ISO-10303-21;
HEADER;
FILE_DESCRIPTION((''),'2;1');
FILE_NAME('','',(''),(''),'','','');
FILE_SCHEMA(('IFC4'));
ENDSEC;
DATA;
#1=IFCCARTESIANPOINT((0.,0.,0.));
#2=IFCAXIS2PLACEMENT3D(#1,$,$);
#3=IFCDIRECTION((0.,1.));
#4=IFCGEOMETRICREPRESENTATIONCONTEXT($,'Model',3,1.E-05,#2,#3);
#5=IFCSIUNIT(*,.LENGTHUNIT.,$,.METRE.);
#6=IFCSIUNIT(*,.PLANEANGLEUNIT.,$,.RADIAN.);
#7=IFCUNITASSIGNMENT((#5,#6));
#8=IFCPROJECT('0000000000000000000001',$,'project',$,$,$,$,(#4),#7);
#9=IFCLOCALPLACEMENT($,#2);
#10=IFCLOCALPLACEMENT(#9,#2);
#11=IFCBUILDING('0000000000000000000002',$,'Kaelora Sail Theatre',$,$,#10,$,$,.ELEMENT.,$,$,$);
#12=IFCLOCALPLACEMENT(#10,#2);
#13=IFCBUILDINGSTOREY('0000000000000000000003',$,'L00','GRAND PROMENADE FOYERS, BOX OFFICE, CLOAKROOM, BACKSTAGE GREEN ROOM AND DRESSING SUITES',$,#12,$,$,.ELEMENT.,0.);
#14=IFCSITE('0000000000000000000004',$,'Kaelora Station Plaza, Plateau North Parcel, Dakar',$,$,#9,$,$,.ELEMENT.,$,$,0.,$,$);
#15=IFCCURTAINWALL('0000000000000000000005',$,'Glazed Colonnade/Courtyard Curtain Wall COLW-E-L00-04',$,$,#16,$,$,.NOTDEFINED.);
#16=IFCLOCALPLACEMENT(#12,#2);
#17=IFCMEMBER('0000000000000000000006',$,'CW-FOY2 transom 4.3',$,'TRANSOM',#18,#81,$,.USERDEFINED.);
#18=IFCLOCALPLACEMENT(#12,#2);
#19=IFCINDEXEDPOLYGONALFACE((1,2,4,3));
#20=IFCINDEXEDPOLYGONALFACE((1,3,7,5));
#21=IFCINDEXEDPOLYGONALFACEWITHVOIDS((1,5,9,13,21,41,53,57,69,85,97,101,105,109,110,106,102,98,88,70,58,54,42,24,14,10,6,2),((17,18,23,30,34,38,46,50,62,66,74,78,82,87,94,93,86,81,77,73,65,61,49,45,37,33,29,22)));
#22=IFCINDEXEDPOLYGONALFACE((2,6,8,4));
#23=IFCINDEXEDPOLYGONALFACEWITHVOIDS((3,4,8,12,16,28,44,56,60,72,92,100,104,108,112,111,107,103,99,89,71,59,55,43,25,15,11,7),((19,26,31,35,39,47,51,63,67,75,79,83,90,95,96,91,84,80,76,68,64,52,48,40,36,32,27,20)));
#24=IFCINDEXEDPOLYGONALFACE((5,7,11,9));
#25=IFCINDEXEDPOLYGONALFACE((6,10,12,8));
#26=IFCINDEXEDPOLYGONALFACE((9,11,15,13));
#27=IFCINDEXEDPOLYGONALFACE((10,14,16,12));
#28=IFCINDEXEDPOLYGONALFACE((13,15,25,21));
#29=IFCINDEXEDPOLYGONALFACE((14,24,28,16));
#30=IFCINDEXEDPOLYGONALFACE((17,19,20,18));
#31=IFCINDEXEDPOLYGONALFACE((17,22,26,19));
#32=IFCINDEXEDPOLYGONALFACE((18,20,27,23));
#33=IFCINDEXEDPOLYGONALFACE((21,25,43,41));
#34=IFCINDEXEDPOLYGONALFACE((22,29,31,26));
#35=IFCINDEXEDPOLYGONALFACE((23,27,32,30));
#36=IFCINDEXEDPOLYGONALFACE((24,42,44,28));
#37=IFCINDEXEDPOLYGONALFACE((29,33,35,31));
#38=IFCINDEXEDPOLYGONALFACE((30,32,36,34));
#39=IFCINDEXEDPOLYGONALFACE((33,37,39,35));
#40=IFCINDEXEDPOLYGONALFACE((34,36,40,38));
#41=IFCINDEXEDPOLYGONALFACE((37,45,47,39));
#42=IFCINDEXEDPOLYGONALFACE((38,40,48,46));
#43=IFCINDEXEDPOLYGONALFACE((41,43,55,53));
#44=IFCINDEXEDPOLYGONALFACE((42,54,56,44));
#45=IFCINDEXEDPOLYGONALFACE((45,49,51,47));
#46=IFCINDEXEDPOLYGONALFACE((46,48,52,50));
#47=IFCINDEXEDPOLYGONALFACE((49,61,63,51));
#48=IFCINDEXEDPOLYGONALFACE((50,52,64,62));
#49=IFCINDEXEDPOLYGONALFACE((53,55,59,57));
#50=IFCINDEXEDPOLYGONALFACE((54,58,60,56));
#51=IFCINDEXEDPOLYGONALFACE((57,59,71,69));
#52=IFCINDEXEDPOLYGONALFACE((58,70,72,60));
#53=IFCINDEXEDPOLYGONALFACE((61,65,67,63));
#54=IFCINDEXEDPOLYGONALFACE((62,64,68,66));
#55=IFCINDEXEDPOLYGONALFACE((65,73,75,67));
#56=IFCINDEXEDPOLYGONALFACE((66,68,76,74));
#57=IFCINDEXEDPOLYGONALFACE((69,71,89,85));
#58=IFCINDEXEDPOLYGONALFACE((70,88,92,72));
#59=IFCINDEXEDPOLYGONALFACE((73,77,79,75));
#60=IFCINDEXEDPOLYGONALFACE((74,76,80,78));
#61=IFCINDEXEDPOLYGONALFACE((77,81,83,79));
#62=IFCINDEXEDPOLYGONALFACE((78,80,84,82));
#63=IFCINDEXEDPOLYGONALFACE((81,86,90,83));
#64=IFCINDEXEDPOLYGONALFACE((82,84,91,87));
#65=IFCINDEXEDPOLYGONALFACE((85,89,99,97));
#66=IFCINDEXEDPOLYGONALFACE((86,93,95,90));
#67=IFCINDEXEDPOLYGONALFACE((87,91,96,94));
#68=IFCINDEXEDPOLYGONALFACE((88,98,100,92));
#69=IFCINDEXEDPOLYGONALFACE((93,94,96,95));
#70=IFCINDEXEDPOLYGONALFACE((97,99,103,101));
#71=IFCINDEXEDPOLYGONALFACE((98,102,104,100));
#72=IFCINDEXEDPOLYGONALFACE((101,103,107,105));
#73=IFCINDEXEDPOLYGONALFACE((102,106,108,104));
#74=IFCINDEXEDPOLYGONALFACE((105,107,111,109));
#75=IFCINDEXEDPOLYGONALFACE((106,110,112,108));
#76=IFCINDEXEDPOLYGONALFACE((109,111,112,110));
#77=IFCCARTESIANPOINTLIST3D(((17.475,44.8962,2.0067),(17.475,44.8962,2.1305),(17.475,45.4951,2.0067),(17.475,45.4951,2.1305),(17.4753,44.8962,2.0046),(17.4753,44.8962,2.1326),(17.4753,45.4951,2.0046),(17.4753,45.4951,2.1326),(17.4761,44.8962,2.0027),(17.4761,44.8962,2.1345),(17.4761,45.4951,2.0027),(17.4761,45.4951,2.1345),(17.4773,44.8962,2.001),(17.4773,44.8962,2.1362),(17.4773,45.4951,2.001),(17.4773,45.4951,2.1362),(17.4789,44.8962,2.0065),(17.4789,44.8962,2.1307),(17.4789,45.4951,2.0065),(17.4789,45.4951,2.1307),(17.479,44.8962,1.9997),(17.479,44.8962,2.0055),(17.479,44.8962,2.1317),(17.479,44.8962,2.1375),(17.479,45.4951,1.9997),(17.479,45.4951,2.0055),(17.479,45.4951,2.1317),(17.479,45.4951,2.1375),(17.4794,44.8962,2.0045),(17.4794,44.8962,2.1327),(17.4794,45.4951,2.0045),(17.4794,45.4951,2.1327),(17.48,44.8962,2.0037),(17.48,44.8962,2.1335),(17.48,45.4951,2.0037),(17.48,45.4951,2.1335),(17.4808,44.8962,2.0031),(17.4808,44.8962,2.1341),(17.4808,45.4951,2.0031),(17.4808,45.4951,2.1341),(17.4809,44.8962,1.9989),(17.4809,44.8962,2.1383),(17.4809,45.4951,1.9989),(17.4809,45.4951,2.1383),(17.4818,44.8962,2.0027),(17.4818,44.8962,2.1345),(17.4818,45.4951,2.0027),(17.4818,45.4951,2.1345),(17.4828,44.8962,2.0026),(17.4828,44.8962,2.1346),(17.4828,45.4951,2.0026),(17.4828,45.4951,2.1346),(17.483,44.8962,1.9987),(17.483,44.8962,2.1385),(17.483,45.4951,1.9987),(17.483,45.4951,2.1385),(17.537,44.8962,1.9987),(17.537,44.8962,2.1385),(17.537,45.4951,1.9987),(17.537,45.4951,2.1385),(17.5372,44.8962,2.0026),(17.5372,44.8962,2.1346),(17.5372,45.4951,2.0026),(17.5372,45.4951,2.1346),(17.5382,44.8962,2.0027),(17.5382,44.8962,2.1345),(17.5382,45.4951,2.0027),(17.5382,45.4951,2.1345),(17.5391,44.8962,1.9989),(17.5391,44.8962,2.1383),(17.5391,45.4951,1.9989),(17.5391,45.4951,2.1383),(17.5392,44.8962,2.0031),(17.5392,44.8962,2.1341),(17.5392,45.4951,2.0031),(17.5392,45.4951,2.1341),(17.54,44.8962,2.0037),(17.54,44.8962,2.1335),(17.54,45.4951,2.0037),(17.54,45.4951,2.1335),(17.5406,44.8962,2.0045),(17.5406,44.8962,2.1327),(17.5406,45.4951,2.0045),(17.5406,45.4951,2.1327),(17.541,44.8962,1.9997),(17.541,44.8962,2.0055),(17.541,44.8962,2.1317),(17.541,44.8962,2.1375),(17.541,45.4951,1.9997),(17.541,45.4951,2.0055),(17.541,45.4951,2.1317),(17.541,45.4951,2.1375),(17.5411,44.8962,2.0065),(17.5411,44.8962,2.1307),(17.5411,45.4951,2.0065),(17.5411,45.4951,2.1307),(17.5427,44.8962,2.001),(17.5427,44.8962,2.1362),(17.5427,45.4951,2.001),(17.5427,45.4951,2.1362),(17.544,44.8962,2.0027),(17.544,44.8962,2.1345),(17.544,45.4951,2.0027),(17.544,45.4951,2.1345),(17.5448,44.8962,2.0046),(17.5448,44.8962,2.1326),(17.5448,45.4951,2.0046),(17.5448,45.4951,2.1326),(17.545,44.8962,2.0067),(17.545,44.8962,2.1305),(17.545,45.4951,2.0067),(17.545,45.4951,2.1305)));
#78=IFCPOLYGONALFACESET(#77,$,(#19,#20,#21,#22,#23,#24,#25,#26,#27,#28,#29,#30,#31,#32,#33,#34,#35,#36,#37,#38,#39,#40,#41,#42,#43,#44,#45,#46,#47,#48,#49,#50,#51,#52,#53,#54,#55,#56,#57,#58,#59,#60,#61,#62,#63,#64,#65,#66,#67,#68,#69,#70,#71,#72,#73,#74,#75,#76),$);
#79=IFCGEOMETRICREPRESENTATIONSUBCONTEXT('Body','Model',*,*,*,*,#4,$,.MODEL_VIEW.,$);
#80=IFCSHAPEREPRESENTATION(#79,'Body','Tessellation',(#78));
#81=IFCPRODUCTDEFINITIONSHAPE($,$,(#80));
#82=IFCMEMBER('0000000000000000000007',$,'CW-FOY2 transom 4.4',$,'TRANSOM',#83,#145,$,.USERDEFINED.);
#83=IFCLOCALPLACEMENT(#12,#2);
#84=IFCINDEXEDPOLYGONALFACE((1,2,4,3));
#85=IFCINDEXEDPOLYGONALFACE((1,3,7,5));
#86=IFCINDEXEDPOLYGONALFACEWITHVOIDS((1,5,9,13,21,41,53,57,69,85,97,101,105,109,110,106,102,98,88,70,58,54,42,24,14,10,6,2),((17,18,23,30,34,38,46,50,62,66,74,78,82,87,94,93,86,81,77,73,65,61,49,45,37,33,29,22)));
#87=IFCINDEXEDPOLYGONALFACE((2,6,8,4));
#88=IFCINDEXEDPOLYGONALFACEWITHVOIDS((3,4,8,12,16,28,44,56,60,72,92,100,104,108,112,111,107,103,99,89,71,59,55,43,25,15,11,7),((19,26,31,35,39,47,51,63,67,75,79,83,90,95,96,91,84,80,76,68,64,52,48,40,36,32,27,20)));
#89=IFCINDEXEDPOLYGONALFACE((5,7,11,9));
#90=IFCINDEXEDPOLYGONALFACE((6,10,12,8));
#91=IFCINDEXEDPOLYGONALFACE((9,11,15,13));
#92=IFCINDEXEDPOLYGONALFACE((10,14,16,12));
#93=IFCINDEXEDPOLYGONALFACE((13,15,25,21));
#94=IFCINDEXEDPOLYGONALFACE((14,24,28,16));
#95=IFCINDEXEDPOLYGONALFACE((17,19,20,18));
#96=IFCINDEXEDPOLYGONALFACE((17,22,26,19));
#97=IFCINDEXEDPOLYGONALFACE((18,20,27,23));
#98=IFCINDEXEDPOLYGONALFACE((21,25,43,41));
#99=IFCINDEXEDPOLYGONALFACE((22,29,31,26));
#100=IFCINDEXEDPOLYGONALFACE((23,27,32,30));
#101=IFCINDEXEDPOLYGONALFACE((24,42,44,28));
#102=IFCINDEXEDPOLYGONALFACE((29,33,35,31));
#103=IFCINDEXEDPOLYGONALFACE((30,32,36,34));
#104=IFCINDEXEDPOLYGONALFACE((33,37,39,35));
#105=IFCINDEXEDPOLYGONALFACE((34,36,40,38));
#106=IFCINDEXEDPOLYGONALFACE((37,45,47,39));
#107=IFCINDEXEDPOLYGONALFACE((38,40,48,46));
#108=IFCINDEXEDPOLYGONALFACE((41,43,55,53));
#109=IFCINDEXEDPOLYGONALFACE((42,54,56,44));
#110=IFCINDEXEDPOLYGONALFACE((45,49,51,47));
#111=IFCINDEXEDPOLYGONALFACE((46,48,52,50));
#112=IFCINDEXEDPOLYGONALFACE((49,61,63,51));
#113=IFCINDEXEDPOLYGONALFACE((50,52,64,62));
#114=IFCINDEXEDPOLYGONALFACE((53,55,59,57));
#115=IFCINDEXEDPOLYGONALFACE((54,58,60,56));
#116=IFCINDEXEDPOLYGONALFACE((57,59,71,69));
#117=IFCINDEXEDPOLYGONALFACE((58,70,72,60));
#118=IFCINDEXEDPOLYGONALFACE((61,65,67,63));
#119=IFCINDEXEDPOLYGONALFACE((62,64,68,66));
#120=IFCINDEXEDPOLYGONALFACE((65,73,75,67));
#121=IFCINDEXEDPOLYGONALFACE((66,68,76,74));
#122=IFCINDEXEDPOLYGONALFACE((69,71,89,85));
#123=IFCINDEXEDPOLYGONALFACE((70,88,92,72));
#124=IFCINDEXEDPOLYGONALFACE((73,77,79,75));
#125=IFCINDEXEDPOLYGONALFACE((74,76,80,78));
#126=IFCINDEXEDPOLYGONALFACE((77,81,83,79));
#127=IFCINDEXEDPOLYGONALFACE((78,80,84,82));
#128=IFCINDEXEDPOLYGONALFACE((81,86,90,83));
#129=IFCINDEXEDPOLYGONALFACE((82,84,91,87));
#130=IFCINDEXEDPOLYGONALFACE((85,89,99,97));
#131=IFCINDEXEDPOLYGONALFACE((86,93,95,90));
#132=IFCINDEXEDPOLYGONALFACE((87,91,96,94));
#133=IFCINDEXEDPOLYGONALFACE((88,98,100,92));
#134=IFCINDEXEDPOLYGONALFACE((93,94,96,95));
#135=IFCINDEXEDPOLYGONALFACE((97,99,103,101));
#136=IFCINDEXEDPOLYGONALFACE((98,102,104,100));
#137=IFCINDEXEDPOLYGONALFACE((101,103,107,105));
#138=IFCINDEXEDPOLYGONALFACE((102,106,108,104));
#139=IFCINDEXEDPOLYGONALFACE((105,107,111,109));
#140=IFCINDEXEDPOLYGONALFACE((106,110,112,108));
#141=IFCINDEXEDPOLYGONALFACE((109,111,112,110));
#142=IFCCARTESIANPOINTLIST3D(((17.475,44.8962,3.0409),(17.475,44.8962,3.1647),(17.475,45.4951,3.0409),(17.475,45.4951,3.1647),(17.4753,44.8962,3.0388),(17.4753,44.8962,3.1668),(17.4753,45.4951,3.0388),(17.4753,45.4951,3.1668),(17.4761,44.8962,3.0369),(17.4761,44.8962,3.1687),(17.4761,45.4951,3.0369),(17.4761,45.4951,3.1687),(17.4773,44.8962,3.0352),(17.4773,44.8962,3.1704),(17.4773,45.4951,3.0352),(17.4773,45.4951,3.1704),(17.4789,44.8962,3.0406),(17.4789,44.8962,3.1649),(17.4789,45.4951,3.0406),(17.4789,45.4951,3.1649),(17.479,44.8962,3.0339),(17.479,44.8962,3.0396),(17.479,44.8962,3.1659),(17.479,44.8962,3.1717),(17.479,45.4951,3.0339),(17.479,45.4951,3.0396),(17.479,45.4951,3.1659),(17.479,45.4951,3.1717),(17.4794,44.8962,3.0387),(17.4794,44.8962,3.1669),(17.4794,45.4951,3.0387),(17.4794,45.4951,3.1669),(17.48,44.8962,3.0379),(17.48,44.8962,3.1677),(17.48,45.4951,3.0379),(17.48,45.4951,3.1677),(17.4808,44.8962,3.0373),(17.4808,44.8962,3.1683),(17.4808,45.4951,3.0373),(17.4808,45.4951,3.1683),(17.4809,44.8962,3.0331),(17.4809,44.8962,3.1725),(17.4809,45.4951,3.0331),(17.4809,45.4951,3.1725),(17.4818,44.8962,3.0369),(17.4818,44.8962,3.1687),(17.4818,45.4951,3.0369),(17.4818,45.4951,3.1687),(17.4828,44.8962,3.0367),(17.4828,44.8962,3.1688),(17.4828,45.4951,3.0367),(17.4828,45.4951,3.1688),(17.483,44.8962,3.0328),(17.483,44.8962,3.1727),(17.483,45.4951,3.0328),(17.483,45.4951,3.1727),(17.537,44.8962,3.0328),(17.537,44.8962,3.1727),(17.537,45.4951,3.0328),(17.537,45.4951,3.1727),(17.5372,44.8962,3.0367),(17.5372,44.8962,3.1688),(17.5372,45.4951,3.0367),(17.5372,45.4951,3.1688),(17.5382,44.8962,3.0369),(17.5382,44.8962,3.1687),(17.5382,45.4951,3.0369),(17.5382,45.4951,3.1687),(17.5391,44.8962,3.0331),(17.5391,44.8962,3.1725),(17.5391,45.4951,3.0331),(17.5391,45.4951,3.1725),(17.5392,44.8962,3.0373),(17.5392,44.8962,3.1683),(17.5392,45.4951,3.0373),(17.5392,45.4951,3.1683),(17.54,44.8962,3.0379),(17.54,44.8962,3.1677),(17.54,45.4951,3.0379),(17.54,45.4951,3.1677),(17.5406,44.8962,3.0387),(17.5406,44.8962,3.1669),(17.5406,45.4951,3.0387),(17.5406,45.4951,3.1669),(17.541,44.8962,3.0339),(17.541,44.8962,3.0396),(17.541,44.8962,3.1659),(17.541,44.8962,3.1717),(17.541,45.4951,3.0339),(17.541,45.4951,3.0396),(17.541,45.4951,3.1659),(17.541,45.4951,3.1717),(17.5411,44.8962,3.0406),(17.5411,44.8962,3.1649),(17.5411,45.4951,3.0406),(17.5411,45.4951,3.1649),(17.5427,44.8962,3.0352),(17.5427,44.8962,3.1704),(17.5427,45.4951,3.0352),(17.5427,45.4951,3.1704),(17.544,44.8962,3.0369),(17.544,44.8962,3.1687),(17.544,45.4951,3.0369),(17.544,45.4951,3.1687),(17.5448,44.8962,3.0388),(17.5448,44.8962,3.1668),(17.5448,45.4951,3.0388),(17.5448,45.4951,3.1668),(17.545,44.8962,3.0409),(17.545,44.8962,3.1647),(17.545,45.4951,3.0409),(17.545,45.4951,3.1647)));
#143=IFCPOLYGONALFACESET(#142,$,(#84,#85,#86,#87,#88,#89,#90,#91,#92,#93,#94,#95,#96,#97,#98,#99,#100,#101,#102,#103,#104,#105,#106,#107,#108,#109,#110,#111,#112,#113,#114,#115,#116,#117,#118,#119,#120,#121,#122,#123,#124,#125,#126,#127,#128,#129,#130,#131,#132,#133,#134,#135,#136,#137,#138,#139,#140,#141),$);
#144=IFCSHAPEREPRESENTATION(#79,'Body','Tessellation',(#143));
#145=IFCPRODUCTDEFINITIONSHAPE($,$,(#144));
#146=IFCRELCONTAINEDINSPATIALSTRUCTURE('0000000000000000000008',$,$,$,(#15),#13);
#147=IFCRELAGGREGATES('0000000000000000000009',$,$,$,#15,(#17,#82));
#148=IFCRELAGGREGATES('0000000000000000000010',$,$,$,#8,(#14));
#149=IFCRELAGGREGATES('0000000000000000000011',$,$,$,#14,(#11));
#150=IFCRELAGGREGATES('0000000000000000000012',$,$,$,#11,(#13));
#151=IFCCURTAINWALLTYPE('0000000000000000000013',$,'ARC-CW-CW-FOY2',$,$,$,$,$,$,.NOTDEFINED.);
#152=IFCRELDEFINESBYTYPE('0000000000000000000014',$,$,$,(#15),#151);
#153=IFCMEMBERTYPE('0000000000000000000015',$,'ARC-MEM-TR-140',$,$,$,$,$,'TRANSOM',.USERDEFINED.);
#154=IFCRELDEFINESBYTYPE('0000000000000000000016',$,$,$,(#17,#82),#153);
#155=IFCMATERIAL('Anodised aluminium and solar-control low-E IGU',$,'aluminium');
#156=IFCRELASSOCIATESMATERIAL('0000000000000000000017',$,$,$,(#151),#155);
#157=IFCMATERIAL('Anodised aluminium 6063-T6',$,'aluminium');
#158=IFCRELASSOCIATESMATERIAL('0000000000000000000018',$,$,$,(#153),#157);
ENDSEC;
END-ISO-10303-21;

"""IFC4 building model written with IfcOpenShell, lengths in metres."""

from ifc_helpers import new_model, si_unit, direction, frame, origin, origin_2d, place, context, subcontext, project, spatial, hollow_rectangle, extrude, material, material_profile, profile_set, type_object, element, aggregate, save


model = new_model("IFC4")

# Units and contexts
model_context = context("Model", 3, precision=1e-05, world=origin(), true_north=direction((0.0, 1.0)))
body_context = subcontext(model_context, "Body", "Model", "MODEL_VIEW")
ifc_project = project(units=[si_unit("LENGTHUNIT", "METRE"), si_unit("PLANEANGLEUNIT", "RADIAN")], contexts=[model_context])

# Site, building, storey
site_placement = place(None, origin())
site = spatial("IfcSite", under=ifc_project, at=site_placement, Name="Kaelora Station Plaza, Plateau North Parcel, Dakar", CompositionType="ELEMENT", RefElevation=0.0)
building_placement = place(site_placement, origin())
building = spatial("IfcBuilding", under=site, at=building_placement, Name="Kaelora Sail Theatre", CompositionType="ELEMENT")
storey_placement = place(building_placement, origin())
storey = spatial("IfcBuildingStorey", under=building, at=storey_placement, Name="L00", Description="GRAND PROMENADE FOYERS, BOX OFFICE, CLOAKROOM, BACKSTAGE GREEN ROOM AND DRESSING SUITES", CompositionType="ELEMENT", Elevation=0.0)

# Curtain wall, members
ifc_material_1 = material(Name="Anodised aluminium and solar-control low-E IGU", Category="aluminium")
curtain_wall_type = type_object("IfcCurtainWallType", Name="ARC-CW-CW-FOY2", PredefinedType="NOTDEFINED", material=ifc_material_1)
curtain_wall_1_placement = place(storey_placement, origin())
curtain_wall_1 = element("IfcCurtainWall", 1, at=curtain_wall_1_placement, inside=storey, type_object=curtain_wall_type, Name="Glazed Colonnade/Courtyard Curtain Wall COLW-E-L00-04", PredefinedType="NOTDEFINED")
ifc_material_2 = material(Name="Anodised aluminium 6063-T6", Category="aluminium")
ifc_material_profile = material_profile(ifc_material_2, hollow_rectangle(XDim=0.0701, YDim=0.1399, WallThickness=0.0039, InnerFilletRadius=0.0039, OuterFilletRadius=0.0081, at=origin_2d()), Name="ALU-TRAN 70x140x4")
ifc_profile_set = profile_set([ifc_material_profile], Name="Anodised aluminium 6063-T6")
member_type = type_object("IfcMemberType", Name="ARC-MEM-TR-140", ElementType="TRANSOM", PredefinedType="USERDEFINED", material=ifc_profile_set)
member_1_placement = place(storey_placement, frame((17.51, 44.8962, 2.0686), z_axis=(0.0, 1.0, 0.0), x_axis=(-1.0, 0.0, 0.0)))
member_1 = element("IfcMember", 2, at=member_1_placement, type_object=member_type, Name="CW-FOY2 transom 4.3", ObjectType="TRANSOM", PredefinedType="USERDEFINED", context=body_context, shape_type="SweptSolid", body=[
    extrude(hollow_rectangle(XDim=0.0701, YDim=0.1399, WallThickness=0.0039, InnerFilletRadius=0.0039, OuterFilletRadius=0.0081, at=origin_2d()), origin(), (0.0, 0.0, 1.0), 0.5989),
])
member_2_placement = place(storey_placement, frame((17.51, 44.8962, 3.1028), z_axis=(0.0, 1.0, 0.0), x_axis=(-1.0, 0.0, 0.0)))
member_2 = element("IfcMember", 3, at=member_2_placement, type_object=member_type, Name="CW-FOY2 transom 4.4", ObjectType="TRANSOM", PredefinedType="USERDEFINED", context=body_context, shape_type="SweptSolid", body=[
    extrude(hollow_rectangle(XDim=0.0701, YDim=0.1399, WallThickness=0.0039, InnerFilletRadius=0.0039, OuterFilletRadius=0.0081, at=origin_2d()), origin(), (0.0, 0.0, 1.0), 0.5989),
])

aggregate(curtain_wall_1, [member_1, member_2])

save(model, "model.ifc")
